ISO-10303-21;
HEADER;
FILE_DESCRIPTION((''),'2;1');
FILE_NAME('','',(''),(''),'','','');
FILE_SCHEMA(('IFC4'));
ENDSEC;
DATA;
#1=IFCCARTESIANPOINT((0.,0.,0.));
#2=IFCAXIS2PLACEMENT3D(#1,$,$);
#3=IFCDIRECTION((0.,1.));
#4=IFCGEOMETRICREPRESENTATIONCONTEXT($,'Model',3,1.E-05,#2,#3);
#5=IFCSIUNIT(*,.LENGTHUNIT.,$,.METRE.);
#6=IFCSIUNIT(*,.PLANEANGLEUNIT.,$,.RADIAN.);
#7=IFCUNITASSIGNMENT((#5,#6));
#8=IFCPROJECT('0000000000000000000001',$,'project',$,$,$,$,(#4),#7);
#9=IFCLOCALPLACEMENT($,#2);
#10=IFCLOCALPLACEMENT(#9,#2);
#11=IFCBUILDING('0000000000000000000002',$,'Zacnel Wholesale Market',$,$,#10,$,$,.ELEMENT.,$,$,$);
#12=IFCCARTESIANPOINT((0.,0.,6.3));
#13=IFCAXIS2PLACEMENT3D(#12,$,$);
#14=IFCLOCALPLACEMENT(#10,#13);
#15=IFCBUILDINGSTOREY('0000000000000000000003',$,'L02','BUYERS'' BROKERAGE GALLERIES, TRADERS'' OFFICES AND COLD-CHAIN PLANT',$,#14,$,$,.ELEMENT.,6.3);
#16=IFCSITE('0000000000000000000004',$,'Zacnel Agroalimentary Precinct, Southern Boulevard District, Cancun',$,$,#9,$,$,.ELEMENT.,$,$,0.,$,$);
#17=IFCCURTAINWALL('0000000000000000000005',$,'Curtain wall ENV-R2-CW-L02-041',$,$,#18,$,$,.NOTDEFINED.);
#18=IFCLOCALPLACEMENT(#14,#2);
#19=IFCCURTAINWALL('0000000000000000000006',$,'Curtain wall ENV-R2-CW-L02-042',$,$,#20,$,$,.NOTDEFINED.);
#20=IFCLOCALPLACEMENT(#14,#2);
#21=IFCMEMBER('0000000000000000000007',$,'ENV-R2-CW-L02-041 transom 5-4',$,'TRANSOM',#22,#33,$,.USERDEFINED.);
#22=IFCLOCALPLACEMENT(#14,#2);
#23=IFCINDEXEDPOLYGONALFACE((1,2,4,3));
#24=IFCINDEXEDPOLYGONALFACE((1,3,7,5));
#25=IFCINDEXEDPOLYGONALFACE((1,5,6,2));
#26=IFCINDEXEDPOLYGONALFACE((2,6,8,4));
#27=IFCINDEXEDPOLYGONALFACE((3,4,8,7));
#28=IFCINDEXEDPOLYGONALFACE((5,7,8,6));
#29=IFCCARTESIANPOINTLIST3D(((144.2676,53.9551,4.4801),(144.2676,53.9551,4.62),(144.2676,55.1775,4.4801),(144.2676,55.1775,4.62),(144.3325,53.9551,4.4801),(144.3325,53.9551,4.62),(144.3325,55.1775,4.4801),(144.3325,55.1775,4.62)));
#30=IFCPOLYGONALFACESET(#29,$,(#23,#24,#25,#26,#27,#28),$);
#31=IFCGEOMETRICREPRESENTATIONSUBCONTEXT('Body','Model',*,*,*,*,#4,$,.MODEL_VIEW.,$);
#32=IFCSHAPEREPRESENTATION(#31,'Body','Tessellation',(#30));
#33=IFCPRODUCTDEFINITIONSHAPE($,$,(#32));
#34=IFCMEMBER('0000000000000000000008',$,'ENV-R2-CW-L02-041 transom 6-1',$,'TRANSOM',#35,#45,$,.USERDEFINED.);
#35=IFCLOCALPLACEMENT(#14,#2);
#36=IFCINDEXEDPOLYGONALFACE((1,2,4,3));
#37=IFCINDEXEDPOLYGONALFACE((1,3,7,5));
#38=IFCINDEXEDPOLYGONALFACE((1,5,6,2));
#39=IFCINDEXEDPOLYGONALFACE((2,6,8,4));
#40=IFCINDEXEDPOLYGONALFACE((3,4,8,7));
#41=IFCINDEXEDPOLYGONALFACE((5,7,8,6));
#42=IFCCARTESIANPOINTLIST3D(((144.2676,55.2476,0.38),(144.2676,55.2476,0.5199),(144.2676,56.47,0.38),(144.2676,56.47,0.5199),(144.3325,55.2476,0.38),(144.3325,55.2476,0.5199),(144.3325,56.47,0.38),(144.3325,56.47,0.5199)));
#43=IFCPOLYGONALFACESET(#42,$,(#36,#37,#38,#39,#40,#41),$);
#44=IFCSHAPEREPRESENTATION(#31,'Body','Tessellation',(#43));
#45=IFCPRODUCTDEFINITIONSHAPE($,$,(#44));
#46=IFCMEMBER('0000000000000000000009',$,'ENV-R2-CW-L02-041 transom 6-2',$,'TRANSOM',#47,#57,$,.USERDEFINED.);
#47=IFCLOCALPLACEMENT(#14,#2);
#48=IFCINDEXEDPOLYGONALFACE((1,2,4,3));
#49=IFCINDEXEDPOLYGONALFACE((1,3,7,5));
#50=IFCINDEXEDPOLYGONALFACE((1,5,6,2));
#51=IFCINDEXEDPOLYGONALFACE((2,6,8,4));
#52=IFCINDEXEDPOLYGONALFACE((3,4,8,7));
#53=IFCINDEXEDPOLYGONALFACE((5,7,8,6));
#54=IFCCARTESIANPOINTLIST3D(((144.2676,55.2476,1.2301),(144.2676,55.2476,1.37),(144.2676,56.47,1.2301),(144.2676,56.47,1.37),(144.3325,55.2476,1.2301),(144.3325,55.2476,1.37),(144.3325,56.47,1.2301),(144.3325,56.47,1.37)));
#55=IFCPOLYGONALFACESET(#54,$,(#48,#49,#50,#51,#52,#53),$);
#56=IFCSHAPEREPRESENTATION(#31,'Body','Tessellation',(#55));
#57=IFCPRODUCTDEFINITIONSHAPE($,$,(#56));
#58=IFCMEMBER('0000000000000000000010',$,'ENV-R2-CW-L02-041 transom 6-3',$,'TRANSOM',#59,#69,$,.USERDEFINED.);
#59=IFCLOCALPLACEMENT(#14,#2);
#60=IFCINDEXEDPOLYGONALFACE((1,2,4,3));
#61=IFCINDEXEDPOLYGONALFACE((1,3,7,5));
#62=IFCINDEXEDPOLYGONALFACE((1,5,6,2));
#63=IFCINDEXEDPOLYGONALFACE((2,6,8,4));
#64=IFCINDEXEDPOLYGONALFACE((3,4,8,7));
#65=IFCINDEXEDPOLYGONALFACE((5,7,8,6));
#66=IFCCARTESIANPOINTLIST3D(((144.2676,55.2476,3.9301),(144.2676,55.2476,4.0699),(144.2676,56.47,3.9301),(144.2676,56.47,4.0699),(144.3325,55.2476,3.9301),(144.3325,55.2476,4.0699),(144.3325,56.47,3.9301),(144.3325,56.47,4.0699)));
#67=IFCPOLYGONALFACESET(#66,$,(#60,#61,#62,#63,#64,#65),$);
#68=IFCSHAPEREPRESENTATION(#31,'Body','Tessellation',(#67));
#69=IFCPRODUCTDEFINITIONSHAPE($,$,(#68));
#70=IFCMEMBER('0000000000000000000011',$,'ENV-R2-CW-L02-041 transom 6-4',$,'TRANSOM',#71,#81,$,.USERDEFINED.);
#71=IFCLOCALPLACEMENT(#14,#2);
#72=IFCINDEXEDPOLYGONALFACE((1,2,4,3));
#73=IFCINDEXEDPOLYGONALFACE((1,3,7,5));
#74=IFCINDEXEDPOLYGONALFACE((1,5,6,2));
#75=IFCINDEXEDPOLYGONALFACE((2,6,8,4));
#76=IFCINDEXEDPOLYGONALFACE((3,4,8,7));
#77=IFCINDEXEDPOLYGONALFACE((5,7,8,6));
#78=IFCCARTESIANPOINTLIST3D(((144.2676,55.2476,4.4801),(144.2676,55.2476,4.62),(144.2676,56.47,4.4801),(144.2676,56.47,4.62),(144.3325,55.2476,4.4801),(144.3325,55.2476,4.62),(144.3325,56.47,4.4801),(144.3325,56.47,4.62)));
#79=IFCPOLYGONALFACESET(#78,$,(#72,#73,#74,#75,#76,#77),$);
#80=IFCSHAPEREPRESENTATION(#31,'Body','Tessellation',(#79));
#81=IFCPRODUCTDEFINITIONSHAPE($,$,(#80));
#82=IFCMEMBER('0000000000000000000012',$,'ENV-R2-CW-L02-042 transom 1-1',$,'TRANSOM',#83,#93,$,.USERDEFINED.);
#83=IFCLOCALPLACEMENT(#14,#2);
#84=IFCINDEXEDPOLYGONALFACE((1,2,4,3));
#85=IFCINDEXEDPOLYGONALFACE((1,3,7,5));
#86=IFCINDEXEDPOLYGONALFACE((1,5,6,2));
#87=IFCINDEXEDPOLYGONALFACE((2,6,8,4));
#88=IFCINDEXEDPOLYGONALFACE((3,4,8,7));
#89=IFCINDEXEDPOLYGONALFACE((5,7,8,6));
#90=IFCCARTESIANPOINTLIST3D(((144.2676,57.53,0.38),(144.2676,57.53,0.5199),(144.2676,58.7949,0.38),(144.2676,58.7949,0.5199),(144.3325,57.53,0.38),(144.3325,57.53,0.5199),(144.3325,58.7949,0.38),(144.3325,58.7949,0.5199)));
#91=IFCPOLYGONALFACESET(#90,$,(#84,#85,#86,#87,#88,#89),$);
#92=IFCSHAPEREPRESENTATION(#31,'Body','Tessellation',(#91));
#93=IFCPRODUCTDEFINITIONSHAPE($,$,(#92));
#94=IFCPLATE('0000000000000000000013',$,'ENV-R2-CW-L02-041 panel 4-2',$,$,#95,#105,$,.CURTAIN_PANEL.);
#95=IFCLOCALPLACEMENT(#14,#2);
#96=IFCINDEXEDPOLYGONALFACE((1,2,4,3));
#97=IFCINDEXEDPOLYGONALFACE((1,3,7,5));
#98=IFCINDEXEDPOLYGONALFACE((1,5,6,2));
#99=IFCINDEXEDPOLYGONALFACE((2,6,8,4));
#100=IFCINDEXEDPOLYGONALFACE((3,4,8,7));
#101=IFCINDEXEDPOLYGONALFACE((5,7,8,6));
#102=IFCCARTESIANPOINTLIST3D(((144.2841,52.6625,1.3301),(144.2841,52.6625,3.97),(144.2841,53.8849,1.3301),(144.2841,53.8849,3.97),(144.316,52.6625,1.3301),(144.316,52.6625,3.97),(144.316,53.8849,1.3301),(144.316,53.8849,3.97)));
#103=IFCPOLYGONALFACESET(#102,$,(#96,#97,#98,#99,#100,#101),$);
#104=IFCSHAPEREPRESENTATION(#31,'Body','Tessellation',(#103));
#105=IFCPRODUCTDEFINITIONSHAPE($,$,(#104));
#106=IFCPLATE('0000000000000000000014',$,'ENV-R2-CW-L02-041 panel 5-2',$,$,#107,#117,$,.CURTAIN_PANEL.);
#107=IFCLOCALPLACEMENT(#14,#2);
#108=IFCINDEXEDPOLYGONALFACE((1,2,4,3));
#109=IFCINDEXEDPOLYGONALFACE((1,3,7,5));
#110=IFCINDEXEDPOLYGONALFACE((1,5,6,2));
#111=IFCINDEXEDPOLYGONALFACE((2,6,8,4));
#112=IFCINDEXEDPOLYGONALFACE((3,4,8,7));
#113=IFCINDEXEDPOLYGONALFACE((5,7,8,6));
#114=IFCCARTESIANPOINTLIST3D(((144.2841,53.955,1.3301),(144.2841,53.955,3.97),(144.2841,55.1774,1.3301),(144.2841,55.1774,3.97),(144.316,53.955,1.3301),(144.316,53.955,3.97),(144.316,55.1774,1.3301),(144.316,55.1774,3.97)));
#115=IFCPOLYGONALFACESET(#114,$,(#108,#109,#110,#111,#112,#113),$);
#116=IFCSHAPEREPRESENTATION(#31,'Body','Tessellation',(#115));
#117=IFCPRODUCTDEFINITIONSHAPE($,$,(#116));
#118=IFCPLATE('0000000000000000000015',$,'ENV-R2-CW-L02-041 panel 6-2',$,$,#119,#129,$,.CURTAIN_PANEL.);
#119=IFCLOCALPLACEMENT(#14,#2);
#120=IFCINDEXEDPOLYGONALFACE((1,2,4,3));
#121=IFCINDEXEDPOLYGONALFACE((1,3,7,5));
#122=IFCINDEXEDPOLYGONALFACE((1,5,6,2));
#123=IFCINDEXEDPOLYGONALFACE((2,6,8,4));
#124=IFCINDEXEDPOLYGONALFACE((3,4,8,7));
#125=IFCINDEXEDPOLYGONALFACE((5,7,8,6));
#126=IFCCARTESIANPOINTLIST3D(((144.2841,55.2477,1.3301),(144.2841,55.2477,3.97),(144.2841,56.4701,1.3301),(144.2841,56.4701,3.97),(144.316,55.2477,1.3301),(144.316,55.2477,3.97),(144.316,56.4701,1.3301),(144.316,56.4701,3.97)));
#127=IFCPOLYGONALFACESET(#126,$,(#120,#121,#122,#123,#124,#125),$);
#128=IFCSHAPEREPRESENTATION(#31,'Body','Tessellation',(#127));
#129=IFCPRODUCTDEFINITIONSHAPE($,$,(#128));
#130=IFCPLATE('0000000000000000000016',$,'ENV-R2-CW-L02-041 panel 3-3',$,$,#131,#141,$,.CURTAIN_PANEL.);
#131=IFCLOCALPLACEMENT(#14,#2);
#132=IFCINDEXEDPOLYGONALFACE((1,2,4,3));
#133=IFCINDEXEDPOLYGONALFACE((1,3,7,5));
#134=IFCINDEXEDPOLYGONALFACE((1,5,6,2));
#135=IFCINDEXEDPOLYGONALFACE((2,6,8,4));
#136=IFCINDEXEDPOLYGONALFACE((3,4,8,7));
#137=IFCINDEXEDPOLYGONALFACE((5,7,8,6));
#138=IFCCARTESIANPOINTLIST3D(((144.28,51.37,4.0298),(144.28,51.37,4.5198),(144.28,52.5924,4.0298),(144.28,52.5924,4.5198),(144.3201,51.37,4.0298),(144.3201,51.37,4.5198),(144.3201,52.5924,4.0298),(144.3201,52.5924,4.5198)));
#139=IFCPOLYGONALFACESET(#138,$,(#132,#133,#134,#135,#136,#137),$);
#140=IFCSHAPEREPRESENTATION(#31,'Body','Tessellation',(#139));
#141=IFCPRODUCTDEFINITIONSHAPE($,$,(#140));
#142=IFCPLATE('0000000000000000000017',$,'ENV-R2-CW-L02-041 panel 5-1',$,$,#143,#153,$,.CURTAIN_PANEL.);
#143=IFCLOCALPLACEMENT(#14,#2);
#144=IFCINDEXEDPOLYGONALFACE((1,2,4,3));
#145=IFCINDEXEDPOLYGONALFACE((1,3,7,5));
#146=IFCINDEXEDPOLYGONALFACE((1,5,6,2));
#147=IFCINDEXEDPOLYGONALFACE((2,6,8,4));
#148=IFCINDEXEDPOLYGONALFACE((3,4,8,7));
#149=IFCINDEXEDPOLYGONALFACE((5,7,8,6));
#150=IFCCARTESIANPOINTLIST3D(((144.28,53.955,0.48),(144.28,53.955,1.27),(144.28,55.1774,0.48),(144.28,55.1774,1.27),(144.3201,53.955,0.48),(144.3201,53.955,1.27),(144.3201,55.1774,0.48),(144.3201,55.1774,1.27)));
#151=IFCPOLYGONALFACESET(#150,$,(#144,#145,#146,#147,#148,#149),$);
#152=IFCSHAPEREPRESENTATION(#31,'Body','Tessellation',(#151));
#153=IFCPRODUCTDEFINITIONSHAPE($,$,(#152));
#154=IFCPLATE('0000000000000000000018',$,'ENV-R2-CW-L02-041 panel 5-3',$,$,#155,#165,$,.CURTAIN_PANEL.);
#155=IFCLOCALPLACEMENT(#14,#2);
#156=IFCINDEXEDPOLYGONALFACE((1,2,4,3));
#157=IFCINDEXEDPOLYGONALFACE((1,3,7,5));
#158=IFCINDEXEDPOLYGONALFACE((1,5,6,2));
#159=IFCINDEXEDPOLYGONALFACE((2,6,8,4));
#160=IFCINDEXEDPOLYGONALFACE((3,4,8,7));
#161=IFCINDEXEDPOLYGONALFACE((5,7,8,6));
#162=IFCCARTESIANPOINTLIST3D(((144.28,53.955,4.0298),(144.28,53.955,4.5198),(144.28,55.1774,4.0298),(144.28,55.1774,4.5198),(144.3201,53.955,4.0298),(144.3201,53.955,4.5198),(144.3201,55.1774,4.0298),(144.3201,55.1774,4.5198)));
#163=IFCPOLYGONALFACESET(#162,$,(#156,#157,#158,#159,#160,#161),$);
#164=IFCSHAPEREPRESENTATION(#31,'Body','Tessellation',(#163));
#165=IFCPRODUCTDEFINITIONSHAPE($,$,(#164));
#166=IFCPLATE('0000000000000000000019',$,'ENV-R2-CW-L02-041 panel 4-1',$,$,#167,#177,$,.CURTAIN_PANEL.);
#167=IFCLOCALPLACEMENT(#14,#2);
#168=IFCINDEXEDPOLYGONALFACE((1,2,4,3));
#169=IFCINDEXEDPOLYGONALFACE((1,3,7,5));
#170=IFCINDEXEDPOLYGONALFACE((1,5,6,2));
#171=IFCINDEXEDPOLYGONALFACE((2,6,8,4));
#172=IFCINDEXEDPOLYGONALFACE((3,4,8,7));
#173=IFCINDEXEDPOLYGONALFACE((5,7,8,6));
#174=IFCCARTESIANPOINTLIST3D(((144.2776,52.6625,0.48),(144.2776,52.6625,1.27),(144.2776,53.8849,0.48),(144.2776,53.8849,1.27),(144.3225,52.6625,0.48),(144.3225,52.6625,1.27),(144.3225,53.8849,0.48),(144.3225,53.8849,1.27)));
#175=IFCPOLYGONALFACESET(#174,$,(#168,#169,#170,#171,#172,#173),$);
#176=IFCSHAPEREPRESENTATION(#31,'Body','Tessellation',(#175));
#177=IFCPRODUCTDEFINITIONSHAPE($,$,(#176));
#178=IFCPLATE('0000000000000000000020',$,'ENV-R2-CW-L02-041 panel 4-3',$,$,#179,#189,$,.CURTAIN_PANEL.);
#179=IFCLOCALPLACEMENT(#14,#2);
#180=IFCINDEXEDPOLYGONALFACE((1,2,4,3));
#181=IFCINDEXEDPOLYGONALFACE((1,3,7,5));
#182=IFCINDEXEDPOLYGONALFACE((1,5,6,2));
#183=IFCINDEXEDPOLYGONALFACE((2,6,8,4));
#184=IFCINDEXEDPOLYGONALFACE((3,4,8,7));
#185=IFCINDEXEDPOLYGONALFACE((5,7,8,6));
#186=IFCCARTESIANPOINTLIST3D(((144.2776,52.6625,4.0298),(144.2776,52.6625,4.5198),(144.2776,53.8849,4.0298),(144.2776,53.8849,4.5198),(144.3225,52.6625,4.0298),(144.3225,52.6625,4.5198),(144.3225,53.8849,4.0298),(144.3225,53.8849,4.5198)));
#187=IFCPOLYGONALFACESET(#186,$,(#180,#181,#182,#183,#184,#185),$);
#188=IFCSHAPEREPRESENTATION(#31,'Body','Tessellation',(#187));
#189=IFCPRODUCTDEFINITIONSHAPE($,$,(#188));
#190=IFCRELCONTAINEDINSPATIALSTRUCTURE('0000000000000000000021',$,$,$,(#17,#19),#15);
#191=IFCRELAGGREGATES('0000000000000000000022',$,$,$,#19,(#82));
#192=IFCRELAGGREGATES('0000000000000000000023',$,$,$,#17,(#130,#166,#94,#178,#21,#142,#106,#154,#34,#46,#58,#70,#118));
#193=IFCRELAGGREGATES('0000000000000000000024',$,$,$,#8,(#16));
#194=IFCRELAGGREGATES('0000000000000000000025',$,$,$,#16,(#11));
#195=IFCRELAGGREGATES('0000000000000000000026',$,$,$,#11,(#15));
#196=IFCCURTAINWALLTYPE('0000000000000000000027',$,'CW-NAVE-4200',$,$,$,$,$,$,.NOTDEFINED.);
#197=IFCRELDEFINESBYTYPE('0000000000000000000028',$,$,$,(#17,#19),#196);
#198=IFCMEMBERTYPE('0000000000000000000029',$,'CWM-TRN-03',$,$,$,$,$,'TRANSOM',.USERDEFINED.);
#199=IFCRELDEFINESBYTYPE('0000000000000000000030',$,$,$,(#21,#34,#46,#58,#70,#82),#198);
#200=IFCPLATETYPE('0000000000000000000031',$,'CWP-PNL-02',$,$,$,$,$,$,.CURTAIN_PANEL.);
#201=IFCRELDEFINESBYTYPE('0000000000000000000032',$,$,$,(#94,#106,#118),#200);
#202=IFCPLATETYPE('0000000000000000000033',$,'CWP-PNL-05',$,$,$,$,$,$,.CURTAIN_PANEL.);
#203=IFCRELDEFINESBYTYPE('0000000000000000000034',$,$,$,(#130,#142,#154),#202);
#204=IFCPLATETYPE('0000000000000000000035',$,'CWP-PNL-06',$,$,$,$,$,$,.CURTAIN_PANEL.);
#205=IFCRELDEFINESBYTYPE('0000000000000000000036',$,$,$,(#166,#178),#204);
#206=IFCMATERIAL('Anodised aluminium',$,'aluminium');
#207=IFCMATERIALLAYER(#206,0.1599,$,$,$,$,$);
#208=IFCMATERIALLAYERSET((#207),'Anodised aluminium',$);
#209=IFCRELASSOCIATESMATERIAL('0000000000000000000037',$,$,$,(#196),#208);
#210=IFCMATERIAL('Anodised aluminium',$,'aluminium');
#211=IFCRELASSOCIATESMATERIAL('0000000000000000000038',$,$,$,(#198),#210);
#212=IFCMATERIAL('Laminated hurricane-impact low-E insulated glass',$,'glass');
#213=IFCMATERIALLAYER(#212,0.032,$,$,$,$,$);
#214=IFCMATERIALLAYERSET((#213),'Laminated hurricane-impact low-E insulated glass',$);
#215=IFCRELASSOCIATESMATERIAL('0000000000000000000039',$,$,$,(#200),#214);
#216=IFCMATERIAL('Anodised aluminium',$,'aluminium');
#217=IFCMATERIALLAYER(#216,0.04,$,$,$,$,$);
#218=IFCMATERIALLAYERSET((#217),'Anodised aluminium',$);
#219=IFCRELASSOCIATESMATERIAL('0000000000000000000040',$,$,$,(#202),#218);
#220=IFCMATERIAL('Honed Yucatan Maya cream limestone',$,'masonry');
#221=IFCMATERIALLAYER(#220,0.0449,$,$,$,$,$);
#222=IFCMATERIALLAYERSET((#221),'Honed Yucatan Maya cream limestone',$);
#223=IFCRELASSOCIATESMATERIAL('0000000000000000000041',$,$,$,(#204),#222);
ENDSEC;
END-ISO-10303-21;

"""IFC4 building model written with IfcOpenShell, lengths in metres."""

from ifc_helpers import new_model, si_unit, direction, frame, origin, origin_2d, place, context, subcontext, project, spatial, rectangle, extrude, material, layer, layer_set, material_profile, profile_set, type_object, element, aggregate, save


model = new_model("IFC4")

# Units and contexts
model_context = context("Model", 3, precision=1e-05, world=origin(), true_north=direction((0.0, 1.0)))
body_context = subcontext(model_context, "Body", "Model", "MODEL_VIEW")
ifc_project = project(units=[si_unit("LENGTHUNIT", "METRE"), si_unit("PLANEANGLEUNIT", "RADIAN")], contexts=[model_context])

# Site, building, storey
site_placement = place(None, origin())
site = spatial("IfcSite", under=ifc_project, at=site_placement, Name="Zacnel Agroalimentary Precinct, Southern Boulevard District, Cancun", CompositionType="ELEMENT", RefElevation=0.0)
building_placement = place(site_placement, origin())
building = spatial("IfcBuilding", under=site, at=building_placement, Name="Zacnel Wholesale Market", CompositionType="ELEMENT")
storey_placement = place(building_placement, frame((0.0, 0.0, 6.3)))
storey = spatial("IfcBuildingStorey", under=building, at=storey_placement, Name="L02", Description="BUYERS' BROKERAGE GALLERIES, TRADERS' OFFICES AND COLD-CHAIN PLANT", CompositionType="ELEMENT", Elevation=6.3)

# Curtain wall
ifc_material_1 = material(Name="Anodised aluminium", Category="aluminium")
ifc_layer_1 = layer(ifc_material_1, 0.1599)
ifc_layer_set_1 = layer_set([ifc_layer_1], Name="Anodised aluminium")
curtain_wall_type = type_object("IfcCurtainWallType", Name="CW-NAVE-4200", PredefinedType="NOTDEFINED", material=ifc_layer_set_1)
curtain_wall_1_placement = place(storey_placement, origin())
curtain_wall_1 = element("IfcCurtainWall", 1, at=curtain_wall_1_placement, inside=storey, type_object=curtain_wall_type, Name="Curtain wall ENV-R2-CW-L02-041", PredefinedType="NOTDEFINED")

# Curtain wall
curtain_wall_2_placement = place(storey_placement, origin())
curtain_wall_2 = element("IfcCurtainWall", 2, at=curtain_wall_2_placement, inside=storey, type_object=curtain_wall_type, Name="Curtain wall ENV-R2-CW-L02-042", PredefinedType="NOTDEFINED")

# Members
ifc_material_2 = material(Name="Anodised aluminium", Category="aluminium")
ifc_material_profile_1 = material_profile(ifc_material_2, rectangle(XDim=0.0649, YDim=0.1399, at=origin_2d()), Name="AW-TRANSOM 65x140")
ifc_profile_set_1 = profile_set([ifc_material_profile_1], Name="Anodised aluminium")
member_type_1 = type_object("IfcMemberType", Name="CWM-TRN-03", ElementType="TRANSOM", PredefinedType="USERDEFINED", material=ifc_profile_set_1)
member_1_placement = place(storey_placement, frame((144.3, 53.9551, 4.55), z_axis=(0.0, 1.0, 0.0), x_axis=(-1.0, 0.0, 0.0)))
member_1 = element("IfcMember", 3, at=member_1_placement, type_object=member_type_1, Name="ENV-R2-CW-L02-041 transom 5-4", ObjectType="TRANSOM", PredefinedType="USERDEFINED", context=body_context, shape_type="SweptSolid", body=[
    extrude(rectangle(XDim=0.0649, YDim=0.1399, at=origin_2d()), origin(), (0.0, 0.0, 1.0), 1.2224),
])
member_2_placement = place(storey_placement, frame((144.3, 55.2476, 0.45), z_axis=(0.0, 1.0, 0.0), x_axis=(-1.0, 0.0, 0.0)))
member_2 = element("IfcMember", 4, at=member_2_placement, type_object=member_type_1, Name="ENV-R2-CW-L02-041 transom 6-1", ObjectType="TRANSOM", PredefinedType="USERDEFINED", context=body_context, shape_type="SweptSolid", body=[
    extrude(rectangle(XDim=0.0649, YDim=0.1399, at=origin_2d()), origin(), (0.0, 0.0, 1.0), 1.2224),
])
member_3_placement = place(storey_placement, frame((144.3, 55.2476, 1.3), z_axis=(0.0, 1.0, 0.0), x_axis=(-1.0, 0.0, 0.0)))
member_3 = element("IfcMember", 5, at=member_3_placement, type_object=member_type_1, Name="ENV-R2-CW-L02-041 transom 6-2", ObjectType="TRANSOM", PredefinedType="USERDEFINED", context=body_context, shape_type="SweptSolid", body=[
    extrude(rectangle(XDim=0.0649, YDim=0.1399, at=origin_2d()), origin(), (0.0, 0.0, 1.0), 1.2224),
])
member_4_placement = place(storey_placement, frame((144.3, 55.2476, 4.0), z_axis=(0.0, 1.0, 0.0), x_axis=(-1.0, 0.0, 0.0)))
member_4 = element("IfcMember", 6, at=member_4_placement, type_object=member_type_1, Name="ENV-R2-CW-L02-041 transom 6-3", ObjectType="TRANSOM", PredefinedType="USERDEFINED", context=body_context, shape_type="SweptSolid", body=[
    extrude(rectangle(XDim=0.0649, YDim=0.1399, at=origin_2d()), origin(), (0.0, 0.0, 1.0), 1.2224),
])
member_5_placement = place(storey_placement, frame((144.3, 55.2476, 4.55), z_axis=(0.0, 1.0, 0.0), x_axis=(-1.0, 0.0, 0.0)))
member_5 = element("IfcMember", 7, at=member_5_placement, type_object=member_type_1, Name="ENV-R2-CW-L02-041 transom 6-4", ObjectType="TRANSOM", PredefinedType="USERDEFINED", context=body_context, shape_type="SweptSolid", body=[
    extrude(rectangle(XDim=0.0649, YDim=0.1399, at=origin_2d()), origin(), (0.0, 0.0, 1.0), 1.2224),
])
member_6_placement = place(storey_placement, frame((144.3, 57.53, 0.45), z_axis=(0.0, 1.0, 0.0), x_axis=(-1.0, 0.0, 0.0)))
member_6 = element("IfcMember", 8, at=member_6_placement, type_object=member_type_1, Name="ENV-R2-CW-L02-042 transom 1-1", ObjectType="TRANSOM", PredefinedType="USERDEFINED", context=body_context, shape_type="SweptSolid", body=[
    extrude(rectangle(XDim=0.0649, YDim=0.1399, at=origin_2d()), origin(), (0.0, 0.0, 1.0), 1.2649),
])
aggregate(curtain_wall_2, [member_6])

# Plates
ifc_material_3 = material(Name="Laminated hurricane-impact low-E insulated glass", Category="glass")
ifc_layer_2 = layer(ifc_material_3, 0.032)
ifc_layer_set_2 = layer_set([ifc_layer_2], Name="Laminated hurricane-impact low-E insulated glass")
plate_type_1 = type_object("IfcPlateType", Name="CWP-PNL-02", PredefinedType="CURTAIN_PANEL", material=ifc_layer_set_2)
plate_1_placement = place(storey_placement, frame((144.3, 53.2737, 1.3301), z_axis=(0.0, 0.0, 1.0), x_axis=(0.0, 1.0, 0.0)))
plate_1 = element("IfcPlate", 9, at=plate_1_placement, type_object=plate_type_1, Name="ENV-R2-CW-L02-041 panel 4-2", PredefinedType="CURTAIN_PANEL", context=body_context, shape_type="SweptSolid", body=[
    extrude(rectangle(XDim=1.2224, YDim=0.032, at=origin_2d()), origin(), (0.0, 0.0, 1.0), 2.6399),
])
plate_2_placement = place(storey_placement, frame((144.3, 54.5662, 1.3301), z_axis=(0.0, 0.0, 1.0), x_axis=(0.0, 1.0, 0.0)))
plate_2 = element("IfcPlate", 10, at=plate_2_placement, type_object=plate_type_1, Name="ENV-R2-CW-L02-041 panel 5-2", PredefinedType="CURTAIN_PANEL", context=body_context, shape_type="SweptSolid", body=[
    extrude(rectangle(XDim=1.2224, YDim=0.032, at=origin_2d()), origin(), (0.0, 0.0, 1.0), 2.6399),
])
plate_3_placement = place(storey_placement, frame((144.3, 55.8589, 1.3301), z_axis=(0.0, 0.0, 1.0), x_axis=(0.0, 1.0, 0.0)))
plate_3 = element("IfcPlate", 11, at=plate_3_placement, type_object=plate_type_1, Name="ENV-R2-CW-L02-041 panel 6-2", PredefinedType="CURTAIN_PANEL", context=body_context, shape_type="SweptSolid", body=[
    extrude(rectangle(XDim=1.2224, YDim=0.032, at=origin_2d()), origin(), (0.0, 0.0, 1.0), 2.6399),
])
ifc_material_4 = material(Name="Anodised aluminium", Category="aluminium")
ifc_layer_3 = layer(ifc_material_4, 0.04)
ifc_layer_set_3 = layer_set([ifc_layer_3], Name="Anodised aluminium")
plate_type_2 = type_object("IfcPlateType", Name="CWP-PNL-05", PredefinedType="CURTAIN_PANEL", material=ifc_layer_set_3)
plate_4_placement = place(storey_placement, frame((144.3, 51.9812, 4.0298), z_axis=(0.0, 0.0, 1.0), x_axis=(0.0, 1.0, 0.0)))
plate_4 = element("IfcPlate", 12, at=plate_4_placement, type_object=plate_type_2, Name="ENV-R2-CW-L02-041 panel 3-3", PredefinedType="CURTAIN_PANEL", context=body_context, shape_type="SweptSolid", body=[
    extrude(rectangle(XDim=1.2224, YDim=0.04, at=origin_2d()), origin(), (0.0, 0.0, 1.0), 0.49),
])
plate_5_placement = place(storey_placement, frame((144.3, 54.5662, 0.48), z_axis=(0.0, 0.0, 1.0), x_axis=(0.0, 1.0, 0.0)))
plate_5 = element("IfcPlate", 13, at=plate_5_placement, type_object=plate_type_2, Name="ENV-R2-CW-L02-041 panel 5-1", PredefinedType="CURTAIN_PANEL", context=body_context, shape_type="SweptSolid", body=[
    extrude(rectangle(XDim=1.2224, YDim=0.04, at=origin_2d()), origin(), (0.0, 0.0, 1.0), 0.79),
])
plate_6_placement = place(storey_placement, frame((144.3, 54.5662, 4.0298), z_axis=(0.0, 0.0, 1.0), x_axis=(0.0, 1.0, 0.0)))
plate_6 = element("IfcPlate", 14, at=plate_6_placement, type_object=plate_type_2, Name="ENV-R2-CW-L02-041 panel 5-3", PredefinedType="CURTAIN_PANEL", context=body_context, shape_type="SweptSolid", body=[
    extrude(rectangle(XDim=1.2224, YDim=0.04, at=origin_2d()), origin(), (0.0, 0.0, 1.0), 0.49),
])
ifc_material_5 = material(Name="Honed Yucatan Maya cream limestone", Category="masonry")
ifc_layer_4 = layer(ifc_material_5, 0.0449)
ifc_layer_set_4 = layer_set([ifc_layer_4], Name="Honed Yucatan Maya cream limestone")
plate_type_3 = type_object("IfcPlateType", Name="CWP-PNL-06", PredefinedType="CURTAIN_PANEL", material=ifc_layer_set_4)
plate_7_placement = place(storey_placement, frame((144.3, 53.2737, 0.48), z_axis=(0.0, 0.0, 1.0), x_axis=(0.0, 1.0, 0.0)))
plate_7 = element("IfcPlate", 15, at=plate_7_placement, type_object=plate_type_3, Name="ENV-R2-CW-L02-041 panel 4-1", PredefinedType="CURTAIN_PANEL", context=body_context, shape_type="SweptSolid", body=[
    extrude(rectangle(XDim=1.2224, YDim=0.0449, at=origin_2d()), origin(), (0.0, 0.0, 1.0), 0.79),
])
plate_8_placement = place(storey_placement, frame((144.3, 53.2737, 4.0298), z_axis=(0.0, 0.0, 1.0), x_axis=(0.0, 1.0, 0.0)))
plate_8 = element("IfcPlate", 16, at=plate_8_placement, type_object=plate_type_3, Name="ENV-R2-CW-L02-041 panel 4-3", PredefinedType="CURTAIN_PANEL", context=body_context, shape_type="SweptSolid", body=[
    extrude(rectangle(XDim=1.2224, YDim=0.0449, at=origin_2d()), origin(), (0.0, 0.0, 1.0), 0.49),
])
aggregate(curtain_wall_1, [plate_4, plate_7, plate_1, plate_8, member_1, plate_5, plate_2, plate_6, member_2, member_3, member_4, member_5, plate_3])

save(model, "model.ifc")
